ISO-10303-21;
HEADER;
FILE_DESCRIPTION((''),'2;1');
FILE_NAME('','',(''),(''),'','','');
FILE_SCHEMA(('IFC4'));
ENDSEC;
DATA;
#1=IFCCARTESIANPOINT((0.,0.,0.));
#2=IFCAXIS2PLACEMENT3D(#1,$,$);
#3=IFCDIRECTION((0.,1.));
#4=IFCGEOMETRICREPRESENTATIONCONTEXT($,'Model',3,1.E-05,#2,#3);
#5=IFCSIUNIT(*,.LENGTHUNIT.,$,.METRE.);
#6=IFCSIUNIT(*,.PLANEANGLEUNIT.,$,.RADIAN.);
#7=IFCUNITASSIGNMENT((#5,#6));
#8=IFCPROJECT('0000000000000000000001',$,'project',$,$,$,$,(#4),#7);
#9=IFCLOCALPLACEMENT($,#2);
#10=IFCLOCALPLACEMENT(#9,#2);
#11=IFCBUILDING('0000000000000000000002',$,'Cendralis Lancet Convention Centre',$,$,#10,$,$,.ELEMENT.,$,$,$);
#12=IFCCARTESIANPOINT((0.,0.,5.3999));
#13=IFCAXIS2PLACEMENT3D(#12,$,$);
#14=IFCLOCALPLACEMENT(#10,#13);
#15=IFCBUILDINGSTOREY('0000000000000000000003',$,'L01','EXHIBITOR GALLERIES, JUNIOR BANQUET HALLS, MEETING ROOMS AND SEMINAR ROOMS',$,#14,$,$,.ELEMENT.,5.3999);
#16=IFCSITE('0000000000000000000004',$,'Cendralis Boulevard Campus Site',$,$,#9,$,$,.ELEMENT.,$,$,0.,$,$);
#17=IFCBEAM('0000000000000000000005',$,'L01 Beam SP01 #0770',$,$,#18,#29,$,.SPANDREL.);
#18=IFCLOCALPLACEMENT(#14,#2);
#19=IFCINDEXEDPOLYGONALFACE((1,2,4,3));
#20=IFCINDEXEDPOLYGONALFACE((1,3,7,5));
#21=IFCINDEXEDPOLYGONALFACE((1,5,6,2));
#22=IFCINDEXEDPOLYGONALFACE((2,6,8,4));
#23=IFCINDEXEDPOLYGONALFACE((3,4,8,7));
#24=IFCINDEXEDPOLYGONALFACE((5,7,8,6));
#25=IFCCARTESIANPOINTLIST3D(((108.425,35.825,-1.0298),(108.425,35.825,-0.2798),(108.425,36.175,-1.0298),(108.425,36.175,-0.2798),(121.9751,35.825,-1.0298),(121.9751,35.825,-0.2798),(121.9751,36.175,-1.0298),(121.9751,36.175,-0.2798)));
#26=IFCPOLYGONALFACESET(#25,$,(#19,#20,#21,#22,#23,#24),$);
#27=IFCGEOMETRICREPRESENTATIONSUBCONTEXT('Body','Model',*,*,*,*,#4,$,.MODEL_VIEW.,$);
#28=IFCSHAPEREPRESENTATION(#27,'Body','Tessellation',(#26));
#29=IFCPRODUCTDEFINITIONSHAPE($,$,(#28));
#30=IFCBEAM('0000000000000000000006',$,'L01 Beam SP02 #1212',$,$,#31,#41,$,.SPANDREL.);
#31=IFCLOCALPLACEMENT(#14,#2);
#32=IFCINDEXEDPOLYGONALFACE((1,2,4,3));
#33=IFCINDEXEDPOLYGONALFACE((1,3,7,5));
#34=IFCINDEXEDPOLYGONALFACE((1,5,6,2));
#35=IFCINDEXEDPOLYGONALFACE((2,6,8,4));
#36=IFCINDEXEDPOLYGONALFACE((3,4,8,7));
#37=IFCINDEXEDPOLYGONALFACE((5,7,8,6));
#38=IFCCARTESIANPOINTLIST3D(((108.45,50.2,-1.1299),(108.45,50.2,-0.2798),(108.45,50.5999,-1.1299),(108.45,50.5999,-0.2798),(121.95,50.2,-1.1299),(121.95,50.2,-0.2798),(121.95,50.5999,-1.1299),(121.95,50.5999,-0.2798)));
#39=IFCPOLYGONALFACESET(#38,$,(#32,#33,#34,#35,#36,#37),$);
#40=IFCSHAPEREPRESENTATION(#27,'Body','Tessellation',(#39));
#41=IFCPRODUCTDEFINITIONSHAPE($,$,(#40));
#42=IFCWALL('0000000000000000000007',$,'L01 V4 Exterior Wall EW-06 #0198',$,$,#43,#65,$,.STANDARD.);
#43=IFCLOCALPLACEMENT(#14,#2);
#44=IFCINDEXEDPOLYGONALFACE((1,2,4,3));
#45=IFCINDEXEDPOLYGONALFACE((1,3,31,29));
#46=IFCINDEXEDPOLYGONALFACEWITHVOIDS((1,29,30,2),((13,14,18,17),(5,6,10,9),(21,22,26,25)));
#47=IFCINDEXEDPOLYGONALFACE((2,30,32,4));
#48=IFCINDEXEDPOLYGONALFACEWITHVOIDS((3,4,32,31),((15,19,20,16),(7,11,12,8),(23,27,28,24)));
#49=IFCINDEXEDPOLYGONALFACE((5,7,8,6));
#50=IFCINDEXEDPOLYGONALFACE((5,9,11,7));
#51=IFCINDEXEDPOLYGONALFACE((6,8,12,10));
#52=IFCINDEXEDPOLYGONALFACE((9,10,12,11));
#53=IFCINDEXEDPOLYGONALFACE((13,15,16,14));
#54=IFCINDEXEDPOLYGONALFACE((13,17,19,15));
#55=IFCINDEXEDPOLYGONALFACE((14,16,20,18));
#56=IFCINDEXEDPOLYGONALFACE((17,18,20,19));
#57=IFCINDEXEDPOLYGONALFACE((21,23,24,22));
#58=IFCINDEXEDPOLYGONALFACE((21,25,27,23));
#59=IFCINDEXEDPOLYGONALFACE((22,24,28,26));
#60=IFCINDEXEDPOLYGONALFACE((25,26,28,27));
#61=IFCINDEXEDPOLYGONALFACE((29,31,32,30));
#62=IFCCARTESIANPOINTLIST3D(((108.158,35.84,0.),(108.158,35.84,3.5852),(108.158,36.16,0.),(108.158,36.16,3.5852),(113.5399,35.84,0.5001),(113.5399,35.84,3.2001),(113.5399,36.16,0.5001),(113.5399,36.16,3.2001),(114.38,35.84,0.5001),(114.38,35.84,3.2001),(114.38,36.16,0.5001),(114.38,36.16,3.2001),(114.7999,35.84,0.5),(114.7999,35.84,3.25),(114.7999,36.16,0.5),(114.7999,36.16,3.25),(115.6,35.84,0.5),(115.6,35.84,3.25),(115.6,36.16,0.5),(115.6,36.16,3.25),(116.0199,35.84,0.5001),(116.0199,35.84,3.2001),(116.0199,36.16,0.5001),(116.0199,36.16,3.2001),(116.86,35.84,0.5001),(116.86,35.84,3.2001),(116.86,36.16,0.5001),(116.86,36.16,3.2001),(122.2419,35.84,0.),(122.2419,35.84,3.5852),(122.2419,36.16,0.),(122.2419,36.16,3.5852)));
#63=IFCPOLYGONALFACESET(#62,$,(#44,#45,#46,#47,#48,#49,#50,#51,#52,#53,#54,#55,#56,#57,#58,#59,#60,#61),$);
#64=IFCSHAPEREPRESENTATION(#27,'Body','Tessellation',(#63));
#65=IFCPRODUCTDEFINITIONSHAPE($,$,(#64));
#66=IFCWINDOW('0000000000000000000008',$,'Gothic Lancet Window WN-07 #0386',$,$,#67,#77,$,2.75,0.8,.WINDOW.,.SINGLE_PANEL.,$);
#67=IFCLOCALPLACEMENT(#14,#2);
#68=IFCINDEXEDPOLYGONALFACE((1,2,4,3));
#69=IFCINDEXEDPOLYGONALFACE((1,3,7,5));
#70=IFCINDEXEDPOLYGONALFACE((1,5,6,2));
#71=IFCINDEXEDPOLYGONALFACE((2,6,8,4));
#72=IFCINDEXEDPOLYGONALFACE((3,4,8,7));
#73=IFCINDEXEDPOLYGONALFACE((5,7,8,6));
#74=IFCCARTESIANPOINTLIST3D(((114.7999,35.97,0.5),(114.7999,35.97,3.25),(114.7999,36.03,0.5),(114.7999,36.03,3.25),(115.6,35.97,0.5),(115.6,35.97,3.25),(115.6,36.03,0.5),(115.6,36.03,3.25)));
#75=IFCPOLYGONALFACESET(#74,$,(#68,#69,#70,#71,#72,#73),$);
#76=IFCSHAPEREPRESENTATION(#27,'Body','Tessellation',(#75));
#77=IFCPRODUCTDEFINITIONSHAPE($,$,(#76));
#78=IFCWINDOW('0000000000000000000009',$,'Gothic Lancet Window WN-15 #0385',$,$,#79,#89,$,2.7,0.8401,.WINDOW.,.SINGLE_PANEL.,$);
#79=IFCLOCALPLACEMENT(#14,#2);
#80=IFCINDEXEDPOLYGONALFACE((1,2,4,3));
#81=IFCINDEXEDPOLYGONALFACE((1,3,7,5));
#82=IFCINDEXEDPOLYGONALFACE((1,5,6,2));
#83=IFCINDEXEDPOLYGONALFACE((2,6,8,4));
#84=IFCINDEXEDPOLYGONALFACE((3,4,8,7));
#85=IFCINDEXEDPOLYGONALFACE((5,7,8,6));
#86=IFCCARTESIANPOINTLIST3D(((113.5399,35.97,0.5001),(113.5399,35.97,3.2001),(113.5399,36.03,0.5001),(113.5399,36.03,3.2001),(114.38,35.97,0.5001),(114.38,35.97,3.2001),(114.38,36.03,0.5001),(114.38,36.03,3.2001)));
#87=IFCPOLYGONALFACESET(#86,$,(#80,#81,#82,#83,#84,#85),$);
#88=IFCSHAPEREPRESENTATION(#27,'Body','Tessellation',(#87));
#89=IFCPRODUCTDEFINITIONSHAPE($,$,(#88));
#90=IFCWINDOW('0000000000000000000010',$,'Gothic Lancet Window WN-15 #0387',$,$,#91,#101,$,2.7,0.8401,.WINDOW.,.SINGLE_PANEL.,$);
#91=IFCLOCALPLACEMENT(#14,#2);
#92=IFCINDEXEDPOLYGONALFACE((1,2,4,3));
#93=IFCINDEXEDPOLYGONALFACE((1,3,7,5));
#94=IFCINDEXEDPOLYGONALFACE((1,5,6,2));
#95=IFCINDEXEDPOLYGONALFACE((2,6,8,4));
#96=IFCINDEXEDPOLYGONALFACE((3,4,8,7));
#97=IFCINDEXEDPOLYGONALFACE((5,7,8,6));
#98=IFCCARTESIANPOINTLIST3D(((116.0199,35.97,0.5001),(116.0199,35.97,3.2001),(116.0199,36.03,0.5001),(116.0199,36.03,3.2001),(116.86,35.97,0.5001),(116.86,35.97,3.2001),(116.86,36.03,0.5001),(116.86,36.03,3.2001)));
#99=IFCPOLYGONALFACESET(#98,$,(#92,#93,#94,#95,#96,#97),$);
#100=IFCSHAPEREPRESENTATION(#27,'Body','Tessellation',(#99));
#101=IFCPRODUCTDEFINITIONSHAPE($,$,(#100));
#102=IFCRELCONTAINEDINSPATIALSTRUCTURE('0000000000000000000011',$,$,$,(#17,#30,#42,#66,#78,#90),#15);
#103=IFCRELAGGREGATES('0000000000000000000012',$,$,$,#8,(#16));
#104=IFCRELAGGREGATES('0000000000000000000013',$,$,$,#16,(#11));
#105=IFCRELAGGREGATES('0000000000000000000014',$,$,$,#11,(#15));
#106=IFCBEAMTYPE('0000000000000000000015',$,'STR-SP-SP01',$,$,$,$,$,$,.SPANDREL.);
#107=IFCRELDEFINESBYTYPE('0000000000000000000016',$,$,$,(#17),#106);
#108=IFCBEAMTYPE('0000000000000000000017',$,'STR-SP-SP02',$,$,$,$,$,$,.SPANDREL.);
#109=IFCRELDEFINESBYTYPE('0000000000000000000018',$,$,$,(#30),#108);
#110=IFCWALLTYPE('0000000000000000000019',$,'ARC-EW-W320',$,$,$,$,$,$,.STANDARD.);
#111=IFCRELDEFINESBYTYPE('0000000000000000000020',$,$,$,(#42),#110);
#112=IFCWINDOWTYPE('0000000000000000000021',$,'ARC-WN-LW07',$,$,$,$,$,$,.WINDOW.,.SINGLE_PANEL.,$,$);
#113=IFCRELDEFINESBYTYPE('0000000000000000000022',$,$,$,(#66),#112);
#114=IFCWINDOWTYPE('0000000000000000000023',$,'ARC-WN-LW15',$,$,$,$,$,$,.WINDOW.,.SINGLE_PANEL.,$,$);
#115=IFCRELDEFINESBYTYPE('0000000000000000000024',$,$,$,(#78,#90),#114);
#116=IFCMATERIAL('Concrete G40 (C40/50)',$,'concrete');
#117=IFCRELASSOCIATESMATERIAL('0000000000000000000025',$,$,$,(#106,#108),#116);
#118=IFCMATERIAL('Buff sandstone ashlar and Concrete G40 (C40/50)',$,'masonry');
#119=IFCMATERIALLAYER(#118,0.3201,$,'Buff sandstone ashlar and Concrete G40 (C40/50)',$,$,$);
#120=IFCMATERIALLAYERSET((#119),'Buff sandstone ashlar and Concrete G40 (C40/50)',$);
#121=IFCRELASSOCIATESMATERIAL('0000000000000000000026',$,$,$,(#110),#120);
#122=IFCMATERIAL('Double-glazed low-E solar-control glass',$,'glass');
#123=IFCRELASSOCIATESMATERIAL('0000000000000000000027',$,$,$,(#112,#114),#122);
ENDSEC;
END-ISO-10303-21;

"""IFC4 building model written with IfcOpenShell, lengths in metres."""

from ifc_helpers import new_model, si_unit, direction, frame, frame_2d, origin, origin_2d, place, context, subcontext, project, spatial, rectangle, extrude, material, layer, layer_set, material_profile, profile_set, type_object, element, fill, save


model = new_model("IFC4")

# Units and contexts
model_context = context("Model", 3, precision=1e-05, world=origin(), true_north=direction((0.0, 1.0)))
body_context = subcontext(model_context, "Body", "Model", "MODEL_VIEW")
ifc_project = project(units=[si_unit("LENGTHUNIT", "METRE"), si_unit("PLANEANGLEUNIT", "RADIAN")], contexts=[model_context])

# Site, building, storey
site_placement = place(None, origin())
site = spatial("IfcSite", under=ifc_project, at=site_placement, Name="Cendralis Boulevard Campus Site", CompositionType="ELEMENT", RefElevation=0.0)
building_placement = place(site_placement, origin())
building = spatial("IfcBuilding", under=site, at=building_placement, Name="Cendralis Lancet Convention Centre", CompositionType="ELEMENT")
storey_placement = place(building_placement, frame((0.0, 0.0, 5.3999)))
storey = spatial("IfcBuildingStorey", under=building, at=storey_placement, Name="L01", Description="EXHIBITOR GALLERIES, JUNIOR BANQUET HALLS, MEETING ROOMS AND SEMINAR ROOMS", CompositionType="ELEMENT", Elevation=5.3999)

# Shared definitions
ifc_material_1 = material(Name="Concrete G40 (C40/50)", Category="concrete")

# Beams
ifc_material_profile_1 = material_profile(ifc_material_1, rectangle(XDim=0.3501, YDim=0.75, at=origin_2d()), Name="RCB 350x750")
ifc_profile_set_1 = profile_set([ifc_material_profile_1], Name="Concrete G40 (C40/50)")
beam_type_1 = type_object("IfcBeamType", Name="STR-SP-SP01", PredefinedType="SPANDREL", material=ifc_profile_set_1)
beam_1_placement = place(storey_placement, frame((108.425, 36.0, -0.6548), z_axis=(1.0, 0.0, 0.0), x_axis=(0.0, 1.0, 0.0)))
element("IfcBeam", 1, at=beam_1_placement, inside=storey, type_object=beam_type_1, Name="L01 Beam SP01 #0770", PredefinedType="SPANDREL", context=body_context, shape_type="SweptSolid", body=[
    extrude(rectangle(XDim=0.3501, YDim=0.75, at=origin_2d()), origin(), (0.0, 0.0, 1.0), 13.55),
])
ifc_material_profile_2 = material_profile(ifc_material_1, rectangle(XDim=0.3999, YDim=0.8501, at=origin_2d()), Name="RCB 400x850")
ifc_profile_set_2 = profile_set([ifc_material_profile_2], Name="Concrete G40 (C40/50)")
beam_type_2 = type_object("IfcBeamType", Name="STR-SP-SP02", PredefinedType="SPANDREL", material=ifc_profile_set_2)
beam_2_placement = place(storey_placement, frame((108.45, 50.3999, -0.7048), z_axis=(1.0, 0.0, 0.0), x_axis=(0.0, 1.0, 0.0)))
element("IfcBeam", 2, at=beam_2_placement, inside=storey, type_object=beam_type_2, Name="L01 Beam SP02 #1212", PredefinedType="SPANDREL", context=body_context, shape_type="SweptSolid", body=[
    extrude(rectangle(XDim=0.3999, YDim=0.8501, at=origin_2d()), origin(), (0.0, 0.0, 1.0), 13.5),
])

# Wall, openings, windows
ifc_material_2 = material(Name="Buff sandstone ashlar and Concrete G40 (C40/50)", Category="masonry")
ifc_layer_1 = layer(ifc_material_2, 0.3201, Name="Buff sandstone ashlar and Concrete G40 (C40/50)")
ifc_layer_set_1 = layer_set([ifc_layer_1], Name="Buff sandstone ashlar and Concrete G40 (C40/50)")
wall_type_1 = type_object("IfcWallType", Name="ARC-EW-W320", PredefinedType="STANDARD", material=ifc_layer_set_1)
wall_1_placement = place(storey_placement, frame((108.158, 36.0, 0.0), z_axis=(0.0, 0.0, 1.0), x_axis=(1.0, 0.0, 0.0)))
wall_1 = element("IfcWall", 3, at=wall_1_placement, inside=storey, type_object=wall_type_1, Name="L01 V4 Exterior Wall EW-06 #0198", PredefinedType="STANDARD", context=body_context, shape_type="SweptSolid", body=[
    extrude(rectangle(XDim=14.084, YDim=0.3201, at=frame_2d((7.042, 0.0))), origin(), (0.0, 0.0, 1.0), 3.5852),
])
opening_1_placement = place(wall_1_placement, frame((5.3821, 0.0, 0.5)))
opening_1 = element("IfcOpeningElement", 4, at=opening_1_placement, cuts=wall_1, PredefinedType="OPENING", context=body_context, shape_type="SweptSolid", body=[
    extrude(rectangle(XDim=0.8401, YDim=2.7, at=frame_2d((0.4199, 1.3501))), frame((0.0, 0.1699, 0.0), z_axis=(0.0, -1.0, 0.0), x_axis=(1.0, 0.0, 0.0)), (0.0, 0.0, 1.0), 0.3401),
])
opening_2_placement = place(wall_1_placement, frame((6.6421, 0.0, 0.5)))
opening_2 = element("IfcOpeningElement", 5, at=opening_2_placement, cuts=wall_1, PredefinedType="OPENING", context=body_context, shape_type="SweptSolid", body=[
    extrude(rectangle(XDim=0.8, YDim=2.75, at=frame_2d((0.3999, 1.375))), frame((0.0, 0.1699, 0.0), z_axis=(0.0, -1.0, 0.0), x_axis=(1.0, 0.0, 0.0)), (0.0, 0.0, 1.0), 0.3401),
])
opening_3_placement = place(wall_1_placement, frame((7.8621, 0.0, 0.5)))
opening_3 = element("IfcOpeningElement", 6, at=opening_3_placement, cuts=wall_1, PredefinedType="OPENING", context=body_context, shape_type="SweptSolid", body=[
    extrude(rectangle(XDim=0.8401, YDim=2.7, at=frame_2d((0.4199, 1.3501))), frame((0.0, 0.1699, 0.0), z_axis=(0.0, -1.0, 0.0), x_axis=(1.0, 0.0, 0.0)), (0.0, 0.0, 1.0), 0.3401),
])
ifc_material_3 = material(Name="Double-glazed low-E solar-control glass", Category="glass")
window_type_1 = type_object("IfcWindowType", Name="ARC-WN-LW07", PartitioningType="SINGLE_PANEL", PredefinedType="WINDOW", material=ifc_material_3)
window_1_placement = place(opening_2_placement, origin())
window_1 = element("IfcWindow", 7, at=window_1_placement, inside=storey, type_object=window_type_1, Name="Gothic Lancet Window WN-07 #0386", OverallHeight=2.75, OverallWidth=0.8, PartitioningType="SINGLE_PANEL", PredefinedType="WINDOW", context=body_context, shape_type="SweptSolid", body=[
    extrude(rectangle(XDim=0.8, YDim=2.75, at=frame_2d((0.3999, 1.375))), frame((0.0, 0.03, 0.0), z_axis=(0.0, -1.0, 0.0), x_axis=(1.0, 0.0, 0.0)), (0.0, 0.0, 1.0), 0.0601),
])
fill(opening_2, window_1)
window_type_2 = type_object("IfcWindowType", Name="ARC-WN-LW15", PartitioningType="SINGLE_PANEL", PredefinedType="WINDOW", material=ifc_material_3)
window_2_placement = place(opening_1_placement, origin())
window_2 = element("IfcWindow", 8, at=window_2_placement, inside=storey, type_object=window_type_2, Name="Gothic Lancet Window WN-15 #0385", OverallHeight=2.7, OverallWidth=0.8401, PartitioningType="SINGLE_PANEL", PredefinedType="WINDOW", context=body_context, shape_type="SweptSolid", body=[
    extrude(rectangle(XDim=0.8401, YDim=2.7, at=frame_2d((0.4199, 1.3501))), frame((0.0, 0.03, 0.0), z_axis=(0.0, -1.0, 0.0), x_axis=(1.0, 0.0, 0.0)), (0.0, 0.0, 1.0), 0.0601),
])
fill(opening_1, window_2)
window_3_placement = place(opening_3_placement, origin())
window_3 = element("IfcWindow", 9, at=window_3_placement, inside=storey, type_object=window_type_2, Name="Gothic Lancet Window WN-15 #0387", OverallHeight=2.7, OverallWidth=0.8401, PartitioningType="SINGLE_PANEL", PredefinedType="WINDOW", context=body_context, shape_type="SweptSolid", body=[
    extrude(rectangle(XDim=0.8401, YDim=2.7, at=frame_2d((0.4199, 1.3501))), frame((0.0, 0.03, 0.0), z_axis=(0.0, -1.0, 0.0), x_axis=(1.0, 0.0, 0.0)), (0.0, 0.0, 1.0), 0.0601),
])
fill(opening_3, window_3)

save(model, "model.ifc")
